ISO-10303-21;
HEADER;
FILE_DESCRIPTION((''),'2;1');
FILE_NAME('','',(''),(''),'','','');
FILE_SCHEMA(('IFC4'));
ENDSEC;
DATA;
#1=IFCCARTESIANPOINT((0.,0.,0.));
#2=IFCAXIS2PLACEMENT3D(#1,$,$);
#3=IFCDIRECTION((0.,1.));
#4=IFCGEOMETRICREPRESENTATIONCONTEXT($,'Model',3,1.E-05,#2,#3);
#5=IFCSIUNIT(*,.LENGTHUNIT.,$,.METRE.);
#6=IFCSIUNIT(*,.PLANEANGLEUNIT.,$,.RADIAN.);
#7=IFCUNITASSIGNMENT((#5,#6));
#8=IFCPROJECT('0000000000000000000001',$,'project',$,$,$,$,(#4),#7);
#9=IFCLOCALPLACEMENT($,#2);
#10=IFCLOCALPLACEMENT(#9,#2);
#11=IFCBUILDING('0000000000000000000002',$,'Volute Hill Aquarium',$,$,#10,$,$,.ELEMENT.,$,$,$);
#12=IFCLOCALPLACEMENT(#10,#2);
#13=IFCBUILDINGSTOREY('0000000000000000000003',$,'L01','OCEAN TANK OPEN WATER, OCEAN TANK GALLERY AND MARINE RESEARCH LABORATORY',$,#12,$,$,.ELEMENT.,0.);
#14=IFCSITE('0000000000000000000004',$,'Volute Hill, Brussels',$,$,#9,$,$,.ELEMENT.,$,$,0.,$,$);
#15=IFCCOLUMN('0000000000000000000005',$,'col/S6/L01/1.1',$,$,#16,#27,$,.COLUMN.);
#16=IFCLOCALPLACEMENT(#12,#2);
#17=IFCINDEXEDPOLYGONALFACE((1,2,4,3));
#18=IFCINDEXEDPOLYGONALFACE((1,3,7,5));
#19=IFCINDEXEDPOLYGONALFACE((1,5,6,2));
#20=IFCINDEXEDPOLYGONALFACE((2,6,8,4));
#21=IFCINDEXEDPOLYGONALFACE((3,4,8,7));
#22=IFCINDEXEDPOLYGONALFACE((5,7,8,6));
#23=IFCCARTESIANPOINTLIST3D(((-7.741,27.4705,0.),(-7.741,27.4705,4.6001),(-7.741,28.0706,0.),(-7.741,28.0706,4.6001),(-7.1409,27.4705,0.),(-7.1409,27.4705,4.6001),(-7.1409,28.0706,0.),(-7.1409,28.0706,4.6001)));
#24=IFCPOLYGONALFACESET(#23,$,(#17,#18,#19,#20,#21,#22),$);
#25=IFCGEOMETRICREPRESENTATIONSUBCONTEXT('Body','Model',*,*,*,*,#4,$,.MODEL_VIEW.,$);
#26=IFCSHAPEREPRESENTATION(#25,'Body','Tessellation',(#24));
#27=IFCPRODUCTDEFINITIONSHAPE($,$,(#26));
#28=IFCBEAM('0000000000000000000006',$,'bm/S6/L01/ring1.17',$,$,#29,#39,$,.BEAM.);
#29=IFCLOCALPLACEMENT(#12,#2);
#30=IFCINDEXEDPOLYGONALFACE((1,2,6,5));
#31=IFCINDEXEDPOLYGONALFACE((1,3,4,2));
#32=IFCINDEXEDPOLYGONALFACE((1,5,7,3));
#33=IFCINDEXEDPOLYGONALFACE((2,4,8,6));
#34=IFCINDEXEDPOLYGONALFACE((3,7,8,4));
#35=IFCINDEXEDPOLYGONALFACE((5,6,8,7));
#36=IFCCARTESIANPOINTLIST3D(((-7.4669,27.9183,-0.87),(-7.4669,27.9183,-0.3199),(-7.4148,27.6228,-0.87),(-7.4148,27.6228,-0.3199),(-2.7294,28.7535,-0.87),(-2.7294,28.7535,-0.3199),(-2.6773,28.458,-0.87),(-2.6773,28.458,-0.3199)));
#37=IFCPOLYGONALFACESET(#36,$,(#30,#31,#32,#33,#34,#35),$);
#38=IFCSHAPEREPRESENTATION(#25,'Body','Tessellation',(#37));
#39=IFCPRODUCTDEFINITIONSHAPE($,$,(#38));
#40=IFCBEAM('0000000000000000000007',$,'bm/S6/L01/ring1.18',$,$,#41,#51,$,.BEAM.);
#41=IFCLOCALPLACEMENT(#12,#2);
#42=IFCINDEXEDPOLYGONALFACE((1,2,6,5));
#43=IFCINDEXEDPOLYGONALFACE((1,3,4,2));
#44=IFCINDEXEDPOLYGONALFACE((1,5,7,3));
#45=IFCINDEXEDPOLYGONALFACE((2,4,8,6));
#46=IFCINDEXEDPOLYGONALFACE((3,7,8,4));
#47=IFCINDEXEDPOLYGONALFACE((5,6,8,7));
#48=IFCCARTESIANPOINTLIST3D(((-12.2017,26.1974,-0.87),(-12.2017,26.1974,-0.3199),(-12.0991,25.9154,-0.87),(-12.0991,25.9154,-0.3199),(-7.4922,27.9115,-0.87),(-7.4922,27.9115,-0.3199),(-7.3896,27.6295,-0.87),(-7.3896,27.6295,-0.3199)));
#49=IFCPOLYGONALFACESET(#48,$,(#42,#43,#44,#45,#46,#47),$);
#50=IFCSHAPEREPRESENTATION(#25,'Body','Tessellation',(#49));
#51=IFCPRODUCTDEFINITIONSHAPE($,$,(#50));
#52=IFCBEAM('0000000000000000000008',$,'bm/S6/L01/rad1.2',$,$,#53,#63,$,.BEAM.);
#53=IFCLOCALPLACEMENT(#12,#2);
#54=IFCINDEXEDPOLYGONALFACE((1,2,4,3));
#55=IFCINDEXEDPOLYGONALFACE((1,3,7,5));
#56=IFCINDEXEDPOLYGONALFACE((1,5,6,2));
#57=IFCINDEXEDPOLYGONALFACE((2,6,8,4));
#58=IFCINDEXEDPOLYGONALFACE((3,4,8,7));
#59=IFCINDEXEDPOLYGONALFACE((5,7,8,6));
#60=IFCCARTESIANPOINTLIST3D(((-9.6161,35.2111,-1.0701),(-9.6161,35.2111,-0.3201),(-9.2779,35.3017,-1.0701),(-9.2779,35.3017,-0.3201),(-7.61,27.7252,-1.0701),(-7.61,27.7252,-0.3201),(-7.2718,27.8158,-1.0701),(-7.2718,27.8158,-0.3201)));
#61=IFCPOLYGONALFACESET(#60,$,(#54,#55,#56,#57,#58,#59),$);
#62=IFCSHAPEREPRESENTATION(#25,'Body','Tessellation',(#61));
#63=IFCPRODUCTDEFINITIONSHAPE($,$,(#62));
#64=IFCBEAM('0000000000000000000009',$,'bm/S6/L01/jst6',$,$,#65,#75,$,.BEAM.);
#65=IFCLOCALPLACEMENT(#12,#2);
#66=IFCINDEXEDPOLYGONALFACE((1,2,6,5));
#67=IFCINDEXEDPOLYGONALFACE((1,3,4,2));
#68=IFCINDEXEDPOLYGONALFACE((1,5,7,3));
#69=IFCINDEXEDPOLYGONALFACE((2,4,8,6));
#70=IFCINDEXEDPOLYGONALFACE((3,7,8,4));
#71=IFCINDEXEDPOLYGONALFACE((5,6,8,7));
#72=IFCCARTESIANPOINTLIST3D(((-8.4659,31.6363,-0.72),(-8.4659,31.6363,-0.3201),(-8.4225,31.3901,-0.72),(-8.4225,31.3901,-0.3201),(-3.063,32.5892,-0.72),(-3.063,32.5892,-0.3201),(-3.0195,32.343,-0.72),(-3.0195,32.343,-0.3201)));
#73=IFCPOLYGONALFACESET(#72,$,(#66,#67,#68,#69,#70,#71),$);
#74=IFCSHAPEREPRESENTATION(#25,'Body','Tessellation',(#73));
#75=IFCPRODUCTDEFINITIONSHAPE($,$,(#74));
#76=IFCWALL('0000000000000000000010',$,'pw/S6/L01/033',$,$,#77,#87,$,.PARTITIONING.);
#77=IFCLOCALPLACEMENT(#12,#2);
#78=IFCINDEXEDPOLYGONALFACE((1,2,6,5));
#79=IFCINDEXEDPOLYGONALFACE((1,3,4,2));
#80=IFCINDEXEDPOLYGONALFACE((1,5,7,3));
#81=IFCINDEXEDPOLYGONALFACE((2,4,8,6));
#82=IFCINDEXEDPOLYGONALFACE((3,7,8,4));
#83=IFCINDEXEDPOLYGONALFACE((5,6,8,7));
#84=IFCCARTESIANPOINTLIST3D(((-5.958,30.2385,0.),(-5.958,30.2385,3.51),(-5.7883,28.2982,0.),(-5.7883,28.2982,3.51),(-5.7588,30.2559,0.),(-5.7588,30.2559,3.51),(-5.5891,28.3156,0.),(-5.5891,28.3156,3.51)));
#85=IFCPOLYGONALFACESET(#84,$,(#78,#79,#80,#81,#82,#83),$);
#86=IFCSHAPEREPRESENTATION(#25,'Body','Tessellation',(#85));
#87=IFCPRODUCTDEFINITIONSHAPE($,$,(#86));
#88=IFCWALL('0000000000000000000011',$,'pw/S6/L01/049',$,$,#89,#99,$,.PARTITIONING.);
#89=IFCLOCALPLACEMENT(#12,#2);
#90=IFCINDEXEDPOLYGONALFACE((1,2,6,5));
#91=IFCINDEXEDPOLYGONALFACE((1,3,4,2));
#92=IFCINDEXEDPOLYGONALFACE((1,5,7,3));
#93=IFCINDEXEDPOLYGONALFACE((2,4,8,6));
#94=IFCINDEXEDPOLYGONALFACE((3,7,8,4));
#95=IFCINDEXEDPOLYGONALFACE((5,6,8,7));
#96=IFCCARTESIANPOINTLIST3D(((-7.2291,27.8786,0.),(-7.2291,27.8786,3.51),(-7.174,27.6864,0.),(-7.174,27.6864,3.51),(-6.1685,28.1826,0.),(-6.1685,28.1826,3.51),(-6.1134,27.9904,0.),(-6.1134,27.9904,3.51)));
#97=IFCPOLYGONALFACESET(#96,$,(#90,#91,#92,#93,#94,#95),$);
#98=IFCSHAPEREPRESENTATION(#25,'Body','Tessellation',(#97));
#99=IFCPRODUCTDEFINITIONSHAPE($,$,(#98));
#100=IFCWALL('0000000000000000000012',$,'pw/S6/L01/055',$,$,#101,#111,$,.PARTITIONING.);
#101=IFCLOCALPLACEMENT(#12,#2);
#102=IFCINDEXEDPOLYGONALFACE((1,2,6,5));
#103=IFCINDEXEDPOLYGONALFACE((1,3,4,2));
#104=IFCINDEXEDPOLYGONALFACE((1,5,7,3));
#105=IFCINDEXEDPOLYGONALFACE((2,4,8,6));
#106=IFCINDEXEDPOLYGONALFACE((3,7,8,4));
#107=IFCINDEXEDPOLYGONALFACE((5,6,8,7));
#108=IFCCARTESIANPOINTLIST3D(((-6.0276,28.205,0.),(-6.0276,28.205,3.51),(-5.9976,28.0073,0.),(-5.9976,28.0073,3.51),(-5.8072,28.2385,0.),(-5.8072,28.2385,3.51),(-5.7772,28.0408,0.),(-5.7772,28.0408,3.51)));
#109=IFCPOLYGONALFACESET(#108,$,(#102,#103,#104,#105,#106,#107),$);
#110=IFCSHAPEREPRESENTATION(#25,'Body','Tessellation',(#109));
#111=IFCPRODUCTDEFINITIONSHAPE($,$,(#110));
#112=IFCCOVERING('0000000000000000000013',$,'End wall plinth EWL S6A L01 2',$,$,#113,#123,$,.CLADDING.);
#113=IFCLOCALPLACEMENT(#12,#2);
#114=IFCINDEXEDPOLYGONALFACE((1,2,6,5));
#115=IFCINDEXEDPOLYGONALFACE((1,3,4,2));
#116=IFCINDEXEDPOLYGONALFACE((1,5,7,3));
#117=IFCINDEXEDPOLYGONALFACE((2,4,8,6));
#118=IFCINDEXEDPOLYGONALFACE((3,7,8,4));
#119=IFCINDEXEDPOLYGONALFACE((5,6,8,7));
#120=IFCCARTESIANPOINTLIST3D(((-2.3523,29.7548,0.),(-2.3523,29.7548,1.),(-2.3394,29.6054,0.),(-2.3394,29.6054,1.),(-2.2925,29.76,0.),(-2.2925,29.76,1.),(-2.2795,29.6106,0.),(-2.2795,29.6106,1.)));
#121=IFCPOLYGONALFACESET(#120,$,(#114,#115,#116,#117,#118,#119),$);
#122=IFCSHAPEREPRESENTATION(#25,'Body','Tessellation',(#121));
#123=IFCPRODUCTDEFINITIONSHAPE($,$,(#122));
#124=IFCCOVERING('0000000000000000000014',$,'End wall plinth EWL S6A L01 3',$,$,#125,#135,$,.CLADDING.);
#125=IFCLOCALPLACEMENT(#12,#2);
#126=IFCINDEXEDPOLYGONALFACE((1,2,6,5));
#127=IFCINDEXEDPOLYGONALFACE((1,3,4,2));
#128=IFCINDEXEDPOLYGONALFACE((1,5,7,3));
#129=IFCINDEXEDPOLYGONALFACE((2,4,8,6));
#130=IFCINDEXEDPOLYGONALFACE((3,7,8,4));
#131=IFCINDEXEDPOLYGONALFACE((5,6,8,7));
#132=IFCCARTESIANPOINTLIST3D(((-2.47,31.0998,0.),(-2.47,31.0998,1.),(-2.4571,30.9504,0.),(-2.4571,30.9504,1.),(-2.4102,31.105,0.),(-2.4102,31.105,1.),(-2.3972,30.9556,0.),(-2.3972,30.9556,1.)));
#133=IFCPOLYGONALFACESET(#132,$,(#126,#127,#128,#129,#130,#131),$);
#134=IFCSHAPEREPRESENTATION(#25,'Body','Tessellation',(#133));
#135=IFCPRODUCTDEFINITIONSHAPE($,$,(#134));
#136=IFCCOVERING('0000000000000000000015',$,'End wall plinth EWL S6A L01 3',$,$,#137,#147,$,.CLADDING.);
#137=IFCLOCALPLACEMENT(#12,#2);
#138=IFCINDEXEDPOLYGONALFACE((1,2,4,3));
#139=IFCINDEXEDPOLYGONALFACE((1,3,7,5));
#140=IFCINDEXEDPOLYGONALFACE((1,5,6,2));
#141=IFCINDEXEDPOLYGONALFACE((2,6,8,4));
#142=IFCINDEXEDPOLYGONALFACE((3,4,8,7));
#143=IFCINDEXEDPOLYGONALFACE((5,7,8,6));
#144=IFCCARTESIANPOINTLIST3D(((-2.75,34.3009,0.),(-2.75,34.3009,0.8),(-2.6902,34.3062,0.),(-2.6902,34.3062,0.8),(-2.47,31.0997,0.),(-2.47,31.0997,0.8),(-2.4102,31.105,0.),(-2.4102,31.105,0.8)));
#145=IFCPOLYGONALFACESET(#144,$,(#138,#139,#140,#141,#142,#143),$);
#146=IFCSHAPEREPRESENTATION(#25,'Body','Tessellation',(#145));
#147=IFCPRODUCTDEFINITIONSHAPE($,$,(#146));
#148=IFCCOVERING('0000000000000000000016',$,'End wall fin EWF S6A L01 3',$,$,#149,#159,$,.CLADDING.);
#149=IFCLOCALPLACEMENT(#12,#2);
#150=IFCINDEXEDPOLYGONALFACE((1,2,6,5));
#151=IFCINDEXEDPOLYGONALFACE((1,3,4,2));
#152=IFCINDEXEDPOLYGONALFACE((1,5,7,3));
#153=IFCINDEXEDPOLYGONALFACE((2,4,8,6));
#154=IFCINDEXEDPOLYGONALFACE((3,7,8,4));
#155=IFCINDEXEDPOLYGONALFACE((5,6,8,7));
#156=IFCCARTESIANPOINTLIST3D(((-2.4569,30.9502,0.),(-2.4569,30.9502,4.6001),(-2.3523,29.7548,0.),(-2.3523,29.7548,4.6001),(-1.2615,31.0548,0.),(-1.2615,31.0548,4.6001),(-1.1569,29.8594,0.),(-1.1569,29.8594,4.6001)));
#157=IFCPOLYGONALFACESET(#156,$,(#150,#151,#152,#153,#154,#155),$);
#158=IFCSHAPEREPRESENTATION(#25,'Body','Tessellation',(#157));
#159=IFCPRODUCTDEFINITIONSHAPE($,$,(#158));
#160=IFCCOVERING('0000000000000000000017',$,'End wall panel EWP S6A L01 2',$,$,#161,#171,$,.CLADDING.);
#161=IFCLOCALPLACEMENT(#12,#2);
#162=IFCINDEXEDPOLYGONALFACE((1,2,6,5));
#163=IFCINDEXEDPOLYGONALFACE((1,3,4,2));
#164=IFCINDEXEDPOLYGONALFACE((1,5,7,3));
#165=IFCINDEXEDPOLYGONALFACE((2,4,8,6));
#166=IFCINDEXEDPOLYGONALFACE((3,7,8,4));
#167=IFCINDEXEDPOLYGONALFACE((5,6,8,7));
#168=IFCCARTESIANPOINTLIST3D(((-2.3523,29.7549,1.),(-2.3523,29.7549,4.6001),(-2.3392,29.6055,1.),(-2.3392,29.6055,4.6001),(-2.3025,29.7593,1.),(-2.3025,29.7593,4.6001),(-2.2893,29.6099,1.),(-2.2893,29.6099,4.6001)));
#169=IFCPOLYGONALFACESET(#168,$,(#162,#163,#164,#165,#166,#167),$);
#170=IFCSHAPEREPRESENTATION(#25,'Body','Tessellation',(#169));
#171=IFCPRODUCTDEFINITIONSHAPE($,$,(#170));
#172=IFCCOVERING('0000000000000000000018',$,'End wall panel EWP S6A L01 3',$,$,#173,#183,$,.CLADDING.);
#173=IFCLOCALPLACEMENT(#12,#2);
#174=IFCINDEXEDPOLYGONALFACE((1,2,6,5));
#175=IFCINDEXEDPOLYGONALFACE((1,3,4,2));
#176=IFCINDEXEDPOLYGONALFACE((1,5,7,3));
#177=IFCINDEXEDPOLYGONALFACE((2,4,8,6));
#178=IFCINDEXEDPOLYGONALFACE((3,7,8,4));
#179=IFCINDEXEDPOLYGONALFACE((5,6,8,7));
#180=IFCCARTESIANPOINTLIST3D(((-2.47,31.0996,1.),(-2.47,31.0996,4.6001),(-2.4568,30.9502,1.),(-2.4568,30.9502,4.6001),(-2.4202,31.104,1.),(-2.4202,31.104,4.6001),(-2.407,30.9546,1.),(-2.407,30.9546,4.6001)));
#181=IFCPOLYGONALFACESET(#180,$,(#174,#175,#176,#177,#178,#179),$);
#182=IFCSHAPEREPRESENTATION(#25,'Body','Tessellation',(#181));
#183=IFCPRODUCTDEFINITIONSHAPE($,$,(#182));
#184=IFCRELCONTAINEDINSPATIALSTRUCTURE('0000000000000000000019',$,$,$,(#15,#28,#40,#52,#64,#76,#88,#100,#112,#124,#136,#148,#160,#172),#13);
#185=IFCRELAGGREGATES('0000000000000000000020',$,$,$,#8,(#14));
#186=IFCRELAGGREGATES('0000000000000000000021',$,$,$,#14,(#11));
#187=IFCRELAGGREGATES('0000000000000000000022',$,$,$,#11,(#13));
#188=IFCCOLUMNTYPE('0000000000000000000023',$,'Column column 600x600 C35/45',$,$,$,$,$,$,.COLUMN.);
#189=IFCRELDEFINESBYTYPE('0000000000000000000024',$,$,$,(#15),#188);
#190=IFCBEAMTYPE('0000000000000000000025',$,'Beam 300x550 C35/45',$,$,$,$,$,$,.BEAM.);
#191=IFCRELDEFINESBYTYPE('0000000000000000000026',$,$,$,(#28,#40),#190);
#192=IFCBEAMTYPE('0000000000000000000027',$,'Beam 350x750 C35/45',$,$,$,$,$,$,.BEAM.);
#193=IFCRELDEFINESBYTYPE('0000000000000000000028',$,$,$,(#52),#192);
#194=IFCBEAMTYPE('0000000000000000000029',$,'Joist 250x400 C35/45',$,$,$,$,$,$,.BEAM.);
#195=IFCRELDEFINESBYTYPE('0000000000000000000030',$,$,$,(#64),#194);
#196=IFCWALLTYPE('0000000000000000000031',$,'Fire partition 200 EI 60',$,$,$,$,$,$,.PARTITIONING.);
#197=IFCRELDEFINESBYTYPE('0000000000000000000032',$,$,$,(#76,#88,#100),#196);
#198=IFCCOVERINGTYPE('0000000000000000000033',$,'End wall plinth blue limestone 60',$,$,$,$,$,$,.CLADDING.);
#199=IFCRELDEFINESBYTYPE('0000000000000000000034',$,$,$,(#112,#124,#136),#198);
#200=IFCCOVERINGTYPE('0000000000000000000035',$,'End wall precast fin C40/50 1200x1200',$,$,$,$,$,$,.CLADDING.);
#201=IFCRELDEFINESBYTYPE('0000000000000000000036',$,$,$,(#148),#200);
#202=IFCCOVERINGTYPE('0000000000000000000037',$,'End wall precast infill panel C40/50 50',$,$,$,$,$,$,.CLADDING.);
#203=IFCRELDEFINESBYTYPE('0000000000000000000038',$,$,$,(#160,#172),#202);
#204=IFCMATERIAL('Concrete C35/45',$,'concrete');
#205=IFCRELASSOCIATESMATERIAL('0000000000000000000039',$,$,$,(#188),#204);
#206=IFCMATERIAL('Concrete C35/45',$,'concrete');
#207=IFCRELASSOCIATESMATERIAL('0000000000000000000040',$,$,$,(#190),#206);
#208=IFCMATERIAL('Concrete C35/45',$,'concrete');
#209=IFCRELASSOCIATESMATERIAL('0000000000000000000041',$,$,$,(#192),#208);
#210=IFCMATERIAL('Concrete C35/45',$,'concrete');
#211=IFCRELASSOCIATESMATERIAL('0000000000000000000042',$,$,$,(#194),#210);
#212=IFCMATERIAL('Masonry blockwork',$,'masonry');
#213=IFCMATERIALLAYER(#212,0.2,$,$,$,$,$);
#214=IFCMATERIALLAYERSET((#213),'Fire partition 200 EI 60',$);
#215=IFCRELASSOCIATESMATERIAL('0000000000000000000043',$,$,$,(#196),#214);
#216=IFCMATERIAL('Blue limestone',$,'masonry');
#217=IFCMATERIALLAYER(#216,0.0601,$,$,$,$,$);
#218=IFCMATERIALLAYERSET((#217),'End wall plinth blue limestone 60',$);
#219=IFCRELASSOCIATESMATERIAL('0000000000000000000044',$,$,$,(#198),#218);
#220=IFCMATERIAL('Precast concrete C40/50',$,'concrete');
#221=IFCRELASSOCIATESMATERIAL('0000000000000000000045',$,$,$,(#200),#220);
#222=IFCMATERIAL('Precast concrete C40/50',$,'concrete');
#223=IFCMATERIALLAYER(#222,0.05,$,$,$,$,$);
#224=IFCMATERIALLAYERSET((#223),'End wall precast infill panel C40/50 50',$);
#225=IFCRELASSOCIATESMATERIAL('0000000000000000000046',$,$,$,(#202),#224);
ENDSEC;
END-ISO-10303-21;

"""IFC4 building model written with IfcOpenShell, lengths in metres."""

from ifc_helpers import new_model, si_unit, direction, frame, frame_2d, origin, origin_2d, place, context, subcontext, project, spatial, polyline, rectangle, outline, extrude, material, layer, layer_set, material_profile, profile_set, type_object, element, save


model = new_model("IFC4")

# Units and contexts
model_context = context("Model", 3, precision=1e-05, world=origin(), true_north=direction((0.0, 1.0)))
body_context = subcontext(model_context, "Body", "Model", "MODEL_VIEW")
ifc_project = project(units=[si_unit("LENGTHUNIT", "METRE"), si_unit("PLANEANGLEUNIT", "RADIAN")], contexts=[model_context])

# Site, building, storey
site_placement = place(None, origin())
site = spatial("IfcSite", under=ifc_project, at=site_placement, Name="Volute Hill, Brussels", CompositionType="ELEMENT", RefElevation=0.0)
building_placement = place(site_placement, origin())
building = spatial("IfcBuilding", under=site, at=building_placement, Name="Volute Hill Aquarium", CompositionType="ELEMENT")
storey_placement = place(building_placement, origin())
storey = spatial("IfcBuildingStorey", under=building, at=storey_placement, Name="L01", Description="OCEAN TANK OPEN WATER, OCEAN TANK GALLERY AND MARINE RESEARCH LABORATORY", CompositionType="ELEMENT", Elevation=0.0)

# Column
ifc_material_1 = material(Name="Concrete C35/45", Category="concrete")
ifc_material_profile_1 = material_profile(ifc_material_1, rectangle(XDim=0.6001, YDim=0.6001, at=origin_2d()), Name="RC column 600x600")
ifc_profile_set_1 = profile_set([ifc_material_profile_1], Name="Concrete C35/45")
column_type = type_object("IfcColumnType", Name="Column column 600x600 C35/45", PredefinedType="COLUMN", material=ifc_profile_set_1)
column_placement = place(storey_placement, frame((-7.4409, 27.7705, 0.0), z_axis=(0.0, 0.0, 1.0), x_axis=(1.0, 0.0, 0.0)))
element("IfcColumn", 1, at=column_placement, inside=storey, type_object=column_type, Name="col/S6/L01/1.1", PredefinedType="COLUMN", context=body_context, shape_type="SweptSolid", body=[
    extrude(rectangle(XDim=0.6001, YDim=0.6001, at=origin_2d()), origin(), (0.0, 0.0, 1.0), 4.6001),
])

# Beams
ifc_material_2 = material(Name="Concrete C35/45", Category="concrete")
ifc_material_profile_2 = material_profile(ifc_material_2, rectangle(XDim=0.3, YDim=0.55, at=origin_2d()), Name="RC beam 300x550")
ifc_profile_set_2 = profile_set([ifc_material_profile_2], Name="Concrete C35/45")
beam_type_1 = type_object("IfcBeamType", Name="Beam 300x550 C35/45", PredefinedType="BEAM", material=ifc_profile_set_2)
beam_1_placement = place(storey_placement, frame((-2.7034, 28.6057, -0.595), z_axis=(-0.984813, -0.173617, 0.0), x_axis=(0.173617, -0.984813, 0.0)))
element("IfcBeam", 2, at=beam_1_placement, inside=storey, type_object=beam_type_1, Name="bm/S6/L01/ring1.17", PredefinedType="BEAM", context=body_context, shape_type="SweptSolid", body=[
    extrude(rectangle(XDim=0.3, YDim=0.55, at=origin_2d()), origin(), (0.0, 0.0, 1.0), 4.8105),
])
beam_2_placement = place(storey_placement, frame((-7.4409, 27.7705, -0.595), z_axis=(-0.939692, -0.342021, 0.0), x_axis=(0.342021, -0.939692, 0.0)))
element("IfcBeam", 3, at=beam_2_placement, inside=storey, type_object=beam_type_1, Name="bm/S6/L01/ring1.18", PredefinedType="BEAM", context=body_context, shape_type="SweptSolid", body=[
    extrude(rectangle(XDim=0.3, YDim=0.55, at=origin_2d()), origin(), (0.0, 0.0, 1.0), 5.0117),
])
ifc_material_3 = material(Name="Concrete C35/45", Category="concrete")
ifc_material_profile_3 = material_profile(ifc_material_3, rectangle(XDim=0.3501, YDim=0.75, at=origin_2d()), Name="RC beam 350x750")
ifc_profile_set_3 = profile_set([ifc_material_profile_3], Name="Concrete C35/45")
beam_type_2 = type_object("IfcBeamType", Name="Beam 350x750 C35/45", PredefinedType="BEAM", material=ifc_profile_set_3)
beam_3_placement = place(storey_placement, frame((-7.4409, 27.7705, -0.6951), z_axis=(-0.258853, 0.965917, 0.0), x_axis=(-0.965917, -0.258853, 0.0)))
element("IfcBeam", 4, at=beam_3_placement, inside=storey, type_object=beam_type_2, Name="bm/S6/L01/rad1.2", PredefinedType="BEAM", context=body_context, shape_type="SweptSolid", body=[
    extrude(rectangle(XDim=0.3501, YDim=0.75, at=origin_2d()), origin(), (0.0, 0.0, 1.0), 7.75),
])
ifc_material_4 = material(Name="Concrete C35/45", Category="concrete")
ifc_material_profile_4 = material_profile(ifc_material_4, rectangle(XDim=0.25, YDim=0.3999, at=origin_2d()), Name="RC joist 250x400")
ifc_profile_set_4 = profile_set([ifc_material_profile_4], Name="Concrete C35/45")
beam_type_3 = type_object("IfcBeamType", Name="Joist 250x400 C35/45", PredefinedType="BEAM", material=ifc_profile_set_4)
beam_4_placement = place(storey_placement, frame((-3.0413, 32.4661, -0.52), z_axis=(-0.984801, -0.173686, 0.0), x_axis=(0.173686, -0.984801, 0.0)))
element("IfcBeam", 5, at=beam_4_placement, inside=storey, type_object=beam_type_3, Name="bm/S6/L01/jst6", PredefinedType="BEAM", context=body_context, shape_type="SweptSolid", body=[
    extrude(rectangle(XDim=0.25, YDim=0.3999, at=origin_2d()), origin(), (0.0, 0.0, 1.0), 5.4863),
])

# Shared definitions
ifc_material_5 = material(Name="Masonry blockwork", Category="masonry")
ifc_layer_1 = layer(ifc_material_5, 0.2)
ifc_layer_set_1 = layer_set([ifc_layer_1], Name="Fire partition 200 EI 60")
wall_type = type_object("IfcWallType", Name="Fire partition 200 EI 60", PredefinedType="PARTITIONING", material=ifc_layer_set_1)

# Walls
wall_1_placement = place(storey_placement, frame((-5.6887, 28.3069, 0.0), z_axis=(0.0, 0.0, 1.0), x_axis=(-0.087111, 0.996199, 0.0)))
element("IfcWall", 6, at=wall_1_placement, inside=storey, type_object=wall_type, Name="pw/S6/L01/033", PredefinedType="PARTITIONING", context=body_context, shape_type="SweptSolid", body=[
    extrude(rectangle(XDim=1.9478, YDim=0.2, at=frame_2d((0.9739, 0.0))), origin(), (0.0, 0.0, 1.0), 3.51),
])
wall_2_placement = place(storey_placement, frame((-7.2017, 27.7825, 0.0), z_axis=(0.0, 0.0, 1.0), x_axis=(0.961298, 0.27551, 0.0)))
element("IfcWall", 7, at=wall_2_placement, inside=storey, type_object=wall_type, Name="pw/S6/L01/049", PredefinedType="PARTITIONING", context=body_context, shape_type="SweptSolid", body=[
    extrude(rectangle(XDim=1.1033, YDim=0.2, at=frame_2d((0.5518, 0.0))), origin(), (0.0, 0.0, 1.0), 3.51),
])
wall_3_placement = place(storey_placement, frame((-6.0125, 28.1062, 0.0), z_axis=(0.0, 0.0, 1.0), x_axis=(0.988686, 0.15, 0.0)))
element("IfcWall", 8, at=wall_3_placement, inside=storey, type_object=wall_type, Name="pw/S6/L01/055", PredefinedType="PARTITIONING", context=body_context, shape_type="SweptSolid", body=[
    extrude(rectangle(XDim=0.2229, YDim=0.2, at=frame_2d((0.1113, 0.0))), origin(), (0.0, 0.0, 1.0), 3.51),
])

# Coverings
ifc_material_6 = material(Name="Blue limestone", Category="masonry")
ifc_layer_2 = layer(ifc_material_6, 0.0601)
ifc_layer_set_2 = layer_set([ifc_layer_2], Name="End wall plinth blue limestone 60")
covering_type_1 = type_object("IfcCoveringType", Name="End wall plinth blue limestone 60", PredefinedType="CLADDING", material=ifc_layer_set_2)
for number, where, z_axis, x_axis, name in (
    (9, (-2.2795, 29.6106, 0.0), (0.996271, 0.086278, 0.0), (-0.086278, 0.996271, 0.0), "End wall plinth EWL S6A L01 2"),
    (10, (-2.3972, 30.9556, 0.0), (0.996271, 0.086278, 0.0), (-0.086278, 0.996271, 0.0), "End wall plinth EWL S6A L01 3"),
):
    element("IfcCovering", number, at=place(storey_placement, frame(where, z_axis=z_axis, x_axis=x_axis)), inside=storey, type_object=covering_type_1, Name=name, PredefinedType="CLADDING", context=body_context, shape_type="SweptSolid", body=[
        extrude(outline(polyline([(0.0, 0.0), (0.15, 0.0), (0.15, 1.0), (0.0, 1.0), (0.0, 0.0)])), origin(), (0.0, 0.0, -1.0), 0.0601),
    ])
covering_1_placement = place(storey_placement, frame((-2.4102, 31.105, 0.0), z_axis=(0.996196, 0.087144, 0.0), x_axis=(-0.087144, 0.996196, 0.0)))
element("IfcCovering", 11, at=covering_1_placement, inside=storey, type_object=covering_type_1, Name="End wall plinth EWL S6A L01 3", PredefinedType="CLADDING", context=body_context, shape_type="SweptSolid", body=[
    extrude(outline(polyline([(0.0, 0.0), (3.2134, 0.0), (3.2134, 0.8), (0.0, 0.8), (0.0, 0.0)])), origin(), (0.0, 0.0, -1.0), 0.0601),
])
ifc_material_7 = material(Name="Precast concrete C40/50", Category="concrete")
covering_type_2 = type_object("IfcCoveringType", Name="End wall precast fin C40/50 1200x1200", PredefinedType="CLADDING", material=ifc_material_7)
covering_2_placement = place(storey_placement, frame((-1.8069, 30.4048, 0.0), z_axis=(0.0, 0.0, 1.0), x_axis=(-0.087158, 0.996194, 0.0)))
element("IfcCovering", 12, at=covering_2_placement, inside=storey, type_object=covering_type_2, Name="End wall fin EWF S6A L01 3", PredefinedType="CLADDING", context=body_context, shape_type="SweptSolid", body=[
    extrude(rectangle(XDim=1.2, YDim=1.2, at=origin_2d()), origin(), (0.0, 0.0, 1.0), 4.6001),
])
ifc_material_8 = material(Name="Precast concrete C40/50", Category="concrete")
ifc_layer_3 = layer(ifc_material_8, 0.05)
ifc_layer_set_3 = layer_set([ifc_layer_3], Name="End wall precast infill panel C40/50 50")
covering_type_3 = type_object("IfcCoveringType", Name="End wall precast infill panel C40/50 50", PredefinedType="CLADDING", material=ifc_layer_set_3)
for number, where, z_axis, x_axis, name in (
    (13, (-2.2893, 29.6099, 1.0), (0.99613, 0.087894, 0.0), (-0.087894, 0.99613, 0.0), "End wall panel EWP S6A L01 2"),
    (14, (-2.407, 30.9546, 1.0), (0.99613, 0.087894, 0.0), (-0.087894, 0.99613, 0.0), "End wall panel EWP S6A L01 3"),
):
    element("IfcCovering", number, at=place(storey_placement, frame(where, z_axis=z_axis, x_axis=x_axis)), inside=storey, type_object=covering_type_3, Name=name, PredefinedType="CLADDING", context=body_context, shape_type="SweptSolid", body=[
        extrude(outline(polyline([(0.0, 0.0), (0.15, 0.0), (0.15, 3.6001), (0.0, 3.6001), (0.0, 0.0)])), origin(), (0.0, 0.0, -1.0), 0.05),
    ])

save(model, "model.ifc")
